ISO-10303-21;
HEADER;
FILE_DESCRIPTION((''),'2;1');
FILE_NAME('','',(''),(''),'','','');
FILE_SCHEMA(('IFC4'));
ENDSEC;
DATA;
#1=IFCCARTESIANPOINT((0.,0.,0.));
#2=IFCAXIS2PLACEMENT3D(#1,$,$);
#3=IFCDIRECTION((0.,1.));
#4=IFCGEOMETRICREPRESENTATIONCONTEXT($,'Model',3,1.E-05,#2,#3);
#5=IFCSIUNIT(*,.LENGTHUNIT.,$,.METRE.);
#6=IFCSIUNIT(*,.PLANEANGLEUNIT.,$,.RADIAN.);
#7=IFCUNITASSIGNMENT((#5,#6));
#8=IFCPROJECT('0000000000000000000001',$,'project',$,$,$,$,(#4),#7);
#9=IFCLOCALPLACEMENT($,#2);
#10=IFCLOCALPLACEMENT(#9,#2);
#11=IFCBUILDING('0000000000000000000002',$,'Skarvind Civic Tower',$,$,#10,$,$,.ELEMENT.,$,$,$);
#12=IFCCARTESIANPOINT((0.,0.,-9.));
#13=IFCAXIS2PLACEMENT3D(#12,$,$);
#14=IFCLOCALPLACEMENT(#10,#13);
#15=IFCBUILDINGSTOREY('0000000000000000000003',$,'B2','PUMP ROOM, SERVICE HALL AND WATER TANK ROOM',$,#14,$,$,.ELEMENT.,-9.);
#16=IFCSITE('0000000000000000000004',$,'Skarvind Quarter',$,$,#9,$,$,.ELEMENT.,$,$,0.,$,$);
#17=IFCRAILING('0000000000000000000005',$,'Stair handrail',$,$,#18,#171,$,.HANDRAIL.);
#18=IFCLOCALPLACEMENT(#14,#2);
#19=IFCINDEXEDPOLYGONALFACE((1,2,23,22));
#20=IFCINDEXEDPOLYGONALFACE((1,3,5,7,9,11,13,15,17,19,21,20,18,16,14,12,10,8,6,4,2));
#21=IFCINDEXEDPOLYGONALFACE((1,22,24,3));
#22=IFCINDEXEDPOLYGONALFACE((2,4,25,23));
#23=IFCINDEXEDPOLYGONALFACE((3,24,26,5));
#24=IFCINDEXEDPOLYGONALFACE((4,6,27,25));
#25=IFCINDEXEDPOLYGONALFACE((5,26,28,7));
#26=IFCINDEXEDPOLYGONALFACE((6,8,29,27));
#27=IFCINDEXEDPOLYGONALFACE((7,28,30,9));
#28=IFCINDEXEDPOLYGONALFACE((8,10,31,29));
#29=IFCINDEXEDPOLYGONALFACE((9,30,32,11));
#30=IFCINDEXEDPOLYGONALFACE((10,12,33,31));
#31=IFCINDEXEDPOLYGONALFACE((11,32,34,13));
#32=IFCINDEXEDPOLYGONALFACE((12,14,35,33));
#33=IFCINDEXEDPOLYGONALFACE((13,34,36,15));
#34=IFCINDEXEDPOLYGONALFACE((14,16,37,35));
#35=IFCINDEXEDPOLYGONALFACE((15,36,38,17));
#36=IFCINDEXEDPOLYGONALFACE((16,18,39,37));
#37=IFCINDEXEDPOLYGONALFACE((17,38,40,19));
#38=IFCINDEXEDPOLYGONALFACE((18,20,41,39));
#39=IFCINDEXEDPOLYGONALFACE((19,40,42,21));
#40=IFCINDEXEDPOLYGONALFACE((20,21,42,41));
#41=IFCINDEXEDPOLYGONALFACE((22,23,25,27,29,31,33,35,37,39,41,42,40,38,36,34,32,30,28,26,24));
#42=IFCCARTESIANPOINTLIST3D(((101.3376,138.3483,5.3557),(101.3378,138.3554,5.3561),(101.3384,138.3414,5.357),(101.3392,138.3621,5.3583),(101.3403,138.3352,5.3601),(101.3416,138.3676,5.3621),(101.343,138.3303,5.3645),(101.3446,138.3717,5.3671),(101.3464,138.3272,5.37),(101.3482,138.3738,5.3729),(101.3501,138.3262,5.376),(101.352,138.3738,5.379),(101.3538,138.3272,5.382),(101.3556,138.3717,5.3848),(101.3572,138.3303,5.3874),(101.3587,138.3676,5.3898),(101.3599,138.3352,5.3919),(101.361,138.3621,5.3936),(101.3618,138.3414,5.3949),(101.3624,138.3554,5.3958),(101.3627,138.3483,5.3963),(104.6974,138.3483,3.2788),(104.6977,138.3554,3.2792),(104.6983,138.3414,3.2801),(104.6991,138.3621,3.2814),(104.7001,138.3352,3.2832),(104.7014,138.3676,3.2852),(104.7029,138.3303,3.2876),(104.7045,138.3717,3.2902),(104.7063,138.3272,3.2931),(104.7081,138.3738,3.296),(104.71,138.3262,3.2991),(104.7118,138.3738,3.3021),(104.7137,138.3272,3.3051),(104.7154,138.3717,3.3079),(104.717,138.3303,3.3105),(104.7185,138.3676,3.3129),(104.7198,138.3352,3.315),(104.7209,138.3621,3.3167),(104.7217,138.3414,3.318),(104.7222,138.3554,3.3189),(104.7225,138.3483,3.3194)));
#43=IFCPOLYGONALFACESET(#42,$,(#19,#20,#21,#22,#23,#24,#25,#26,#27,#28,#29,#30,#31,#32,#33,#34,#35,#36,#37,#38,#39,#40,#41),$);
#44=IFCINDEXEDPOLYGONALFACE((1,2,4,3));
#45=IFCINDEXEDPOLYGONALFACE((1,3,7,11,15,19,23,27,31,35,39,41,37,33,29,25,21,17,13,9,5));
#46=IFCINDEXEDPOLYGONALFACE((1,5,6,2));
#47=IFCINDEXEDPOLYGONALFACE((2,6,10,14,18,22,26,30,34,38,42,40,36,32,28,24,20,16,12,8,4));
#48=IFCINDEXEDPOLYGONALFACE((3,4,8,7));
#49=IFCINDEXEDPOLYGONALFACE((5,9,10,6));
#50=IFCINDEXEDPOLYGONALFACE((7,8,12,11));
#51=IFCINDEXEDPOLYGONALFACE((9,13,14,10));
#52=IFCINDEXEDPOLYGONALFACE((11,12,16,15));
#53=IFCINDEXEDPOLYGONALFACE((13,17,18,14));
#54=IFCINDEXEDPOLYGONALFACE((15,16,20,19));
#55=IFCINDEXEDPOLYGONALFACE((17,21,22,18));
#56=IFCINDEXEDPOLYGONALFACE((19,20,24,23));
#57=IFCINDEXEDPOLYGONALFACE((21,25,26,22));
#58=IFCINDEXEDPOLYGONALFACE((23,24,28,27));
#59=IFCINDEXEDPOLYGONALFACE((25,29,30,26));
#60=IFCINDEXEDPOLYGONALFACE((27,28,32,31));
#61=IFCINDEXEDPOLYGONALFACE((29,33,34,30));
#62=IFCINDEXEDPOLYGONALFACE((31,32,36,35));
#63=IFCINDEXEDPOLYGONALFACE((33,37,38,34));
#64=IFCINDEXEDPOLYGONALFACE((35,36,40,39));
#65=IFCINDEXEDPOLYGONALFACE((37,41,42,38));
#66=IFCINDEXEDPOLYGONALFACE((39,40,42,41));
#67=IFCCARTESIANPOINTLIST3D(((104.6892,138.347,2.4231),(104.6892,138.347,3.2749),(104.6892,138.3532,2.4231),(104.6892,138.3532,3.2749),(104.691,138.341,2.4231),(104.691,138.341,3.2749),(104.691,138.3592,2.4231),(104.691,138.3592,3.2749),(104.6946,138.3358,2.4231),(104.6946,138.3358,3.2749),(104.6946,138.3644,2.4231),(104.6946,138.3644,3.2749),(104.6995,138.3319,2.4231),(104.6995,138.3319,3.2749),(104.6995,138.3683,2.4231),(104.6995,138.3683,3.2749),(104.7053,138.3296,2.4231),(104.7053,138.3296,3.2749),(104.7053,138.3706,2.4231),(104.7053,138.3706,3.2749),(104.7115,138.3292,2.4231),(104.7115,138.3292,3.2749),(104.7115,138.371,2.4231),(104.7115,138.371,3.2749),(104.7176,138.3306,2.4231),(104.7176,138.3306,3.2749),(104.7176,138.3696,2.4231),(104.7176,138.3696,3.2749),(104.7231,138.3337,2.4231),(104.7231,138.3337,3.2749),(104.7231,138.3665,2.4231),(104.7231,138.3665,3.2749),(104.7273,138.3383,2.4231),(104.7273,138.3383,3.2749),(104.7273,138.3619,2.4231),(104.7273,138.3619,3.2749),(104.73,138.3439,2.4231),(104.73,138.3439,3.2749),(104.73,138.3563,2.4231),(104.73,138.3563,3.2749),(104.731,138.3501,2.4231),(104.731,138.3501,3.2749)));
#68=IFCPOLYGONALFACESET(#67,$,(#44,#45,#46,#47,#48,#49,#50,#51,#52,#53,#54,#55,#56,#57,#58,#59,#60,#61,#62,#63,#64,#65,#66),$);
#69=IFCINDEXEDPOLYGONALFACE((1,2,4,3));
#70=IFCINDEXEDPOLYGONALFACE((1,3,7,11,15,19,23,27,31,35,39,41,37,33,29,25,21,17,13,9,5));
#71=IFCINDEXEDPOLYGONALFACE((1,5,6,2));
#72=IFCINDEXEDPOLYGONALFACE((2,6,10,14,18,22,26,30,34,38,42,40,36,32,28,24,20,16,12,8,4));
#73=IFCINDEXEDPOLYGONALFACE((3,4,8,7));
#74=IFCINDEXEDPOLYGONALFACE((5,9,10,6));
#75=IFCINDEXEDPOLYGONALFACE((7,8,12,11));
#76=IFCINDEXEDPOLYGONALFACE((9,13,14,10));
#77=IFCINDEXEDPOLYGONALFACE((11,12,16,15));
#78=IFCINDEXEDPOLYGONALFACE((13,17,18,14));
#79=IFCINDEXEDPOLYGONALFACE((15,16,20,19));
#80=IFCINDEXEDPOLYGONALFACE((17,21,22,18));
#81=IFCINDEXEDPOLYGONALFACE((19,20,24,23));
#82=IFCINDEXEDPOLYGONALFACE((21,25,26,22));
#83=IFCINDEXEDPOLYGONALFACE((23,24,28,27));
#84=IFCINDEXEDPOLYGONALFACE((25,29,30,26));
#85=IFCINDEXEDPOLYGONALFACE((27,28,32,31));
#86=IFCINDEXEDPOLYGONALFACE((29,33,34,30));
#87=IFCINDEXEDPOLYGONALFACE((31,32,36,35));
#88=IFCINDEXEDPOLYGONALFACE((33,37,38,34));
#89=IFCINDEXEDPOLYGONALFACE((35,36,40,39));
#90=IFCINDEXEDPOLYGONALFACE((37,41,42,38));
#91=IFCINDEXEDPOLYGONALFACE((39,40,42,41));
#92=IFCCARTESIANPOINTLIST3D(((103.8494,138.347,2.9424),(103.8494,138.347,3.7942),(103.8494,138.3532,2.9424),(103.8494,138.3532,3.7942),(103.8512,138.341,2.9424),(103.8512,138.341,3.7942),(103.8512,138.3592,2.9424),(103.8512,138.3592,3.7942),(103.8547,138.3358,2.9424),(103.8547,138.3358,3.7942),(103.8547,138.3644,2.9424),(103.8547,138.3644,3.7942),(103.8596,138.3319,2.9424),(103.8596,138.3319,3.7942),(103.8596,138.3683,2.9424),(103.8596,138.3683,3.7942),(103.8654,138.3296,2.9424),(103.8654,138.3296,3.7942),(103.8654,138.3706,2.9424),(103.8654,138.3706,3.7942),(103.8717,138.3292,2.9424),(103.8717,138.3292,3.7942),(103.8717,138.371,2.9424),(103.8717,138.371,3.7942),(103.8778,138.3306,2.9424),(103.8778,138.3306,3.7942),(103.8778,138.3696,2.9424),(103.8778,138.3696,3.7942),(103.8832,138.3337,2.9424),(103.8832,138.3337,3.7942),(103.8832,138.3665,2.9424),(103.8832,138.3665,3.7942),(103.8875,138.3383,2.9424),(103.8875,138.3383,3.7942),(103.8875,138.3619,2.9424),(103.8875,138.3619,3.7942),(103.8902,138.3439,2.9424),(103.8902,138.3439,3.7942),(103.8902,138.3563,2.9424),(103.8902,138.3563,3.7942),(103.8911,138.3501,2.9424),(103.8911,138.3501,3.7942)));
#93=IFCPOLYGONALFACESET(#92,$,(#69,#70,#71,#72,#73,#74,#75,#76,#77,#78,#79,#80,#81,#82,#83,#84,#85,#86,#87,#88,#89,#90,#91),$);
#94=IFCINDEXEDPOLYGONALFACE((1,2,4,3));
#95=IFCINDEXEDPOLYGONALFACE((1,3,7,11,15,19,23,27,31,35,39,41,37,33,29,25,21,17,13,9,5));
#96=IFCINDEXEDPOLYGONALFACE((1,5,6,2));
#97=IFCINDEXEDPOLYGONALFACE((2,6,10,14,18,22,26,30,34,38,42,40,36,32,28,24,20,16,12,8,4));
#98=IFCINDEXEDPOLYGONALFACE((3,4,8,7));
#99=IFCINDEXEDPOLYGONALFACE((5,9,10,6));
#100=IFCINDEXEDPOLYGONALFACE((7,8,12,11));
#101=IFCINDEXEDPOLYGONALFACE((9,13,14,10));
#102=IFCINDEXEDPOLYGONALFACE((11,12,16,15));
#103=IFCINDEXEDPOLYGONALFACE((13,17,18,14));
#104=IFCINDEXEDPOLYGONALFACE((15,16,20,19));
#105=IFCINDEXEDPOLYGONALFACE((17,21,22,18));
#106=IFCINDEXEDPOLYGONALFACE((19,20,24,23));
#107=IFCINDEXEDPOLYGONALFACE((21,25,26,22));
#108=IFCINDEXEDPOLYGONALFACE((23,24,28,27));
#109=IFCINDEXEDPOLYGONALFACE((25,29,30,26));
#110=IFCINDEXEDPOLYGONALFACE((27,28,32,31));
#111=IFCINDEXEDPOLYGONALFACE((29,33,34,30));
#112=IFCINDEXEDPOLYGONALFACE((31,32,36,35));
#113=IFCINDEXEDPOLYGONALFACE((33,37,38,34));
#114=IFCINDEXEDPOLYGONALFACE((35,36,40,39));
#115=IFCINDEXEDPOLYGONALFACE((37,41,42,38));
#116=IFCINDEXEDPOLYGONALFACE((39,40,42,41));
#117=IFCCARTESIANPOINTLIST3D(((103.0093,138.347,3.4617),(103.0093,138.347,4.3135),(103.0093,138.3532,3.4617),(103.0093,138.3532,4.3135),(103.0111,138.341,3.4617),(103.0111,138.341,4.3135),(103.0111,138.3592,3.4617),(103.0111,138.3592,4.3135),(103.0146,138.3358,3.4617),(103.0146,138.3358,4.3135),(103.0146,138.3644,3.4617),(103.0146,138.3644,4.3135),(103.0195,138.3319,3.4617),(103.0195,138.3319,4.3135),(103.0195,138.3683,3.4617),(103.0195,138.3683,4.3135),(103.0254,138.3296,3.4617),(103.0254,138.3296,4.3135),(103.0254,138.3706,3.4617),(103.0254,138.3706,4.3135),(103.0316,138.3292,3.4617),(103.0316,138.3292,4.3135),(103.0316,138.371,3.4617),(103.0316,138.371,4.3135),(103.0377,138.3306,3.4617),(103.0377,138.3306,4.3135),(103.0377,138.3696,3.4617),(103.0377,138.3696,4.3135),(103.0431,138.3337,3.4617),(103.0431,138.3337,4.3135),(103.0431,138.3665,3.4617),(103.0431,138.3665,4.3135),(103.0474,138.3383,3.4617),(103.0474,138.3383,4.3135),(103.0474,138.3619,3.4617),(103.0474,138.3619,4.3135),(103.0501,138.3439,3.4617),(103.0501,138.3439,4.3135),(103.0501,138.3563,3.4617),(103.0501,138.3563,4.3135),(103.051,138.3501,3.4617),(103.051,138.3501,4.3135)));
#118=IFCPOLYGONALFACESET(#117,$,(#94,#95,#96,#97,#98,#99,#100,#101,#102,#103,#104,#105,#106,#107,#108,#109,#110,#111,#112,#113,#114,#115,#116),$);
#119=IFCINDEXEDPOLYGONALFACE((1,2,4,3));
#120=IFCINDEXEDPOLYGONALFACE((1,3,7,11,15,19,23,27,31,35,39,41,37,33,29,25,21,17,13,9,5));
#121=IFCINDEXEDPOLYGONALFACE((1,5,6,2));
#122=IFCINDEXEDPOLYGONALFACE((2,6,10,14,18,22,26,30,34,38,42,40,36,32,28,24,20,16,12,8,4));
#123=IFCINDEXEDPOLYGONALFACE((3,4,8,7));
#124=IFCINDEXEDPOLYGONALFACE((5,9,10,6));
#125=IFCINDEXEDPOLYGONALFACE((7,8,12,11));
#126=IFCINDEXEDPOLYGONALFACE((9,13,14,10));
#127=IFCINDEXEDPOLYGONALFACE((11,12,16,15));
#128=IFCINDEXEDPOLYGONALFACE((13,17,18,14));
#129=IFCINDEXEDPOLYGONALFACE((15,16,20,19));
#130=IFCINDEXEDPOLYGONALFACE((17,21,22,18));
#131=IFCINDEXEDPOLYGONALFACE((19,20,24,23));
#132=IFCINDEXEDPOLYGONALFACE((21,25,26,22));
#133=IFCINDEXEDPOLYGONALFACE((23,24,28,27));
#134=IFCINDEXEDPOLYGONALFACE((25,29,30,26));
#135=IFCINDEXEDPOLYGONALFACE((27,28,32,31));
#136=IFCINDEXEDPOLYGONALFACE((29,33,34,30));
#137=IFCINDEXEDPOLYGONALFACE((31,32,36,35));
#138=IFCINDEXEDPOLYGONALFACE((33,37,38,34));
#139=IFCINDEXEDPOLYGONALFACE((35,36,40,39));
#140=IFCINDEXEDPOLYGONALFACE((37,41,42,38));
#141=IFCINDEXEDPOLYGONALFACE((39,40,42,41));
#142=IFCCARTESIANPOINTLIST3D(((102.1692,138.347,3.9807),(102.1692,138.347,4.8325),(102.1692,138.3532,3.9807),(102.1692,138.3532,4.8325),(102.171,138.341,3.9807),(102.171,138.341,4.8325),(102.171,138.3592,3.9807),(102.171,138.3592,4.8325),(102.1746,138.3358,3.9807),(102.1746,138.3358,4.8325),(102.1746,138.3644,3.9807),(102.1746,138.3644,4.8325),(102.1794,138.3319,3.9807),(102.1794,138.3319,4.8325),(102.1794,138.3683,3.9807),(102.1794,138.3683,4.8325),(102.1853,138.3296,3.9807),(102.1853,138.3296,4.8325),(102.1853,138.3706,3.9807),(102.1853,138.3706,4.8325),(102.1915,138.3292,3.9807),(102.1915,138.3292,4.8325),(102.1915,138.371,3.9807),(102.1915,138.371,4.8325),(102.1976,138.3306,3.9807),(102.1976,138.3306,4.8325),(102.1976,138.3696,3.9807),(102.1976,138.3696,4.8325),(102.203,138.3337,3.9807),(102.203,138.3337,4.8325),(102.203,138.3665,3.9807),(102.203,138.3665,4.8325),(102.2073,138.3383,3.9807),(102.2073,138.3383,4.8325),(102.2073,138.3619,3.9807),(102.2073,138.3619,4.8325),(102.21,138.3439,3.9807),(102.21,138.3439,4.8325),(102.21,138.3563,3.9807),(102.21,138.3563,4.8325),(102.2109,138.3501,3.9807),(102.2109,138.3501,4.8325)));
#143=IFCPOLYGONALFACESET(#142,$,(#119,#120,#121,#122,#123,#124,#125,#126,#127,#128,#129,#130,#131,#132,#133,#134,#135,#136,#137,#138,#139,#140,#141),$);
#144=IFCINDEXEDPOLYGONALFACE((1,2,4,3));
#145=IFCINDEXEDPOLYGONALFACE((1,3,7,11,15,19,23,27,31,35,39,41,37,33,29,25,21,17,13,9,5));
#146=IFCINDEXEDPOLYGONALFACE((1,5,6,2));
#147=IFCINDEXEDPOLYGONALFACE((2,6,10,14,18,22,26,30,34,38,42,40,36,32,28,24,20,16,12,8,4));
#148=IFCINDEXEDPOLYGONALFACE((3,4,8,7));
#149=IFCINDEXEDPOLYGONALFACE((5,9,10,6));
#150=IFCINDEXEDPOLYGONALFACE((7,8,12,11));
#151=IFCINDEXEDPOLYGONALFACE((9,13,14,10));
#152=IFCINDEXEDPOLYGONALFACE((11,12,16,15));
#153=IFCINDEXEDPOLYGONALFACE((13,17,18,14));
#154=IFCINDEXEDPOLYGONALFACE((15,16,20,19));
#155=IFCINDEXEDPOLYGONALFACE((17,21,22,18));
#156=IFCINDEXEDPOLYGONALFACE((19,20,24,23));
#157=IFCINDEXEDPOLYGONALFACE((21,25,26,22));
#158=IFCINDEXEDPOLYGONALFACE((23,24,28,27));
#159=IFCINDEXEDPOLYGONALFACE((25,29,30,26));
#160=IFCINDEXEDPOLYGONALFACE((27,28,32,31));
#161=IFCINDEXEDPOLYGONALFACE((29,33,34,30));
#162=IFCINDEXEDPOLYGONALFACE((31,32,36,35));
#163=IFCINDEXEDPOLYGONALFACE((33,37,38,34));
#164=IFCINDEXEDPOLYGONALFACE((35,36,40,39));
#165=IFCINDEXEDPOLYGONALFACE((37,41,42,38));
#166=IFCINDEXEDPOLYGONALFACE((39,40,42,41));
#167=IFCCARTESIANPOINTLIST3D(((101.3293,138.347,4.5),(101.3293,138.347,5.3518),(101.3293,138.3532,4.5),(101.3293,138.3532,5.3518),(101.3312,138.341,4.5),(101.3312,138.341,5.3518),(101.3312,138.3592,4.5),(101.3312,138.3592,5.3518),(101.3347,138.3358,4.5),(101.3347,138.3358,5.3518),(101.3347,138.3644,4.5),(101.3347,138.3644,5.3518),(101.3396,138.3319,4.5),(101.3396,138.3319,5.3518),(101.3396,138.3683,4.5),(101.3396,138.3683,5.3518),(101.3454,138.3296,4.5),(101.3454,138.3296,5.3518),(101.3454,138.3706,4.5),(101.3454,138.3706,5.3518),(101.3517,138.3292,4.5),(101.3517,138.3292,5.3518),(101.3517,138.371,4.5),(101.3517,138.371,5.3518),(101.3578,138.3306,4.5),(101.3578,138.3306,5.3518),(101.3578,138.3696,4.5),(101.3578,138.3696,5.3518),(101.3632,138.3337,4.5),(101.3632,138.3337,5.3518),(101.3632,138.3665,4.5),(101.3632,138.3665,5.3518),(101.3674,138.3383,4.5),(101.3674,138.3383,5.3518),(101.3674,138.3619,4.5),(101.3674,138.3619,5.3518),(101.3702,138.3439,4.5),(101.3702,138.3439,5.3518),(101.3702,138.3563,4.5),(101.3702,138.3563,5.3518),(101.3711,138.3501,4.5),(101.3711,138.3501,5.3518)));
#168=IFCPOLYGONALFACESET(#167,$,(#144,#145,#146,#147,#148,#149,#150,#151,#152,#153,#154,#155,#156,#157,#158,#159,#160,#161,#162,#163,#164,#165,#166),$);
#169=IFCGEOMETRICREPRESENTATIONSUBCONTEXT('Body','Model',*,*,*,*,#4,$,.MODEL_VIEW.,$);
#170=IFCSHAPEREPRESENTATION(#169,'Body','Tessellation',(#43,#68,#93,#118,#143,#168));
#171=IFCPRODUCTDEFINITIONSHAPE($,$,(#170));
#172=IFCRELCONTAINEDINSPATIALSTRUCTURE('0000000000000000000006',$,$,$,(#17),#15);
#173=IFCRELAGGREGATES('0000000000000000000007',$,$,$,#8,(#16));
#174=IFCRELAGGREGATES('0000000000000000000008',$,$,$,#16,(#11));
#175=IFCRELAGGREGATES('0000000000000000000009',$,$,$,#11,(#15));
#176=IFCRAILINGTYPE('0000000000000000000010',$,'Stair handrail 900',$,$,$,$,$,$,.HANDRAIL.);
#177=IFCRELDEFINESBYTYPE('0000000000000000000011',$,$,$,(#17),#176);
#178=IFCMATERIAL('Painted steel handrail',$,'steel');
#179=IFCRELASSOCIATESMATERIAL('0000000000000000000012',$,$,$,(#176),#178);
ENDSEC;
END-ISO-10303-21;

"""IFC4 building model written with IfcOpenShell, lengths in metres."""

from ifc_helpers import new_model, si_unit, direction, frame, origin, origin_2d, place, context, subcontext, project, spatial, circle, extrude, material, type_object, element, save


model = new_model("IFC4")

# Units and contexts
model_context = context("Model", 3, precision=1e-05, world=origin(), true_north=direction((0.0, 1.0)))
body_context = subcontext(model_context, "Body", "Model", "MODEL_VIEW")
ifc_project = project(units=[si_unit("LENGTHUNIT", "METRE"), si_unit("PLANEANGLEUNIT", "RADIAN")], contexts=[model_context])

# Site, building, storey
site_placement = place(None, origin())
site = spatial("IfcSite", under=ifc_project, at=site_placement, Name="Skarvind Quarter", CompositionType="ELEMENT", RefElevation=0.0)
building_placement = place(site_placement, origin())
building = spatial("IfcBuilding", under=site, at=building_placement, Name="Skarvind Civic Tower", CompositionType="ELEMENT")
storey_placement = place(building_placement, frame((0.0, 0.0, -9.0)))
storey = spatial("IfcBuildingStorey", under=building, at=storey_placement, Name="B2", Description="PUMP ROOM, SERVICE HALL AND WATER TANK ROOM", CompositionType="ELEMENT", Elevation=-9.0)

# Railing
ifc_material_1 = material(Name="Painted steel handrail", Category="steel")
railing_type = type_object("IfcRailingType", Name="Stair handrail 900", PredefinedType="HANDRAIL", material=ifc_material_1)
railing_placement = place(storey_placement, frame((104.71, 138.3501, 2.4231)))
element("IfcRailing", 1, at=railing_placement, inside=storey, type_object=railing_type, Name="Stair handrail", PredefinedType="HANDRAIL", context=body_context, shape_type="SweptSolid", body=[
    extrude(circle(Radius=0.0239, at=origin_2d()), frame((0.0, 0.0, 0.876), z_axis=(-0.850606, 0.0, 0.525803), x_axis=(0.0, -1.0, 0.0)), (0.0, 0.0, 1.0), 3.95),
    extrude(circle(Radius=0.021, at=origin_2d()), origin(), (0.0, 0.0, 1.0), 0.8518),
    extrude(circle(Radius=0.021, at=origin_2d()), frame((-0.8398, 0.0, 0.5193)), (0.0, 0.0, 1.0), 0.8518),
    extrude(circle(Radius=0.021, at=origin_2d()), frame((-1.6799, 0.0, 1.0386)), (0.0, 0.0, 1.0), 0.8518),
    extrude(circle(Radius=0.021, at=origin_2d()), frame((-2.52, 0.0, 1.5576)), (0.0, 0.0, 1.0), 0.8518),
    extrude(circle(Radius=0.021, at=origin_2d()), frame((-3.3599, 0.0, 2.0769)), (0.0, 0.0, 1.0), 0.8518),
])

save(model, "model.ifc")
